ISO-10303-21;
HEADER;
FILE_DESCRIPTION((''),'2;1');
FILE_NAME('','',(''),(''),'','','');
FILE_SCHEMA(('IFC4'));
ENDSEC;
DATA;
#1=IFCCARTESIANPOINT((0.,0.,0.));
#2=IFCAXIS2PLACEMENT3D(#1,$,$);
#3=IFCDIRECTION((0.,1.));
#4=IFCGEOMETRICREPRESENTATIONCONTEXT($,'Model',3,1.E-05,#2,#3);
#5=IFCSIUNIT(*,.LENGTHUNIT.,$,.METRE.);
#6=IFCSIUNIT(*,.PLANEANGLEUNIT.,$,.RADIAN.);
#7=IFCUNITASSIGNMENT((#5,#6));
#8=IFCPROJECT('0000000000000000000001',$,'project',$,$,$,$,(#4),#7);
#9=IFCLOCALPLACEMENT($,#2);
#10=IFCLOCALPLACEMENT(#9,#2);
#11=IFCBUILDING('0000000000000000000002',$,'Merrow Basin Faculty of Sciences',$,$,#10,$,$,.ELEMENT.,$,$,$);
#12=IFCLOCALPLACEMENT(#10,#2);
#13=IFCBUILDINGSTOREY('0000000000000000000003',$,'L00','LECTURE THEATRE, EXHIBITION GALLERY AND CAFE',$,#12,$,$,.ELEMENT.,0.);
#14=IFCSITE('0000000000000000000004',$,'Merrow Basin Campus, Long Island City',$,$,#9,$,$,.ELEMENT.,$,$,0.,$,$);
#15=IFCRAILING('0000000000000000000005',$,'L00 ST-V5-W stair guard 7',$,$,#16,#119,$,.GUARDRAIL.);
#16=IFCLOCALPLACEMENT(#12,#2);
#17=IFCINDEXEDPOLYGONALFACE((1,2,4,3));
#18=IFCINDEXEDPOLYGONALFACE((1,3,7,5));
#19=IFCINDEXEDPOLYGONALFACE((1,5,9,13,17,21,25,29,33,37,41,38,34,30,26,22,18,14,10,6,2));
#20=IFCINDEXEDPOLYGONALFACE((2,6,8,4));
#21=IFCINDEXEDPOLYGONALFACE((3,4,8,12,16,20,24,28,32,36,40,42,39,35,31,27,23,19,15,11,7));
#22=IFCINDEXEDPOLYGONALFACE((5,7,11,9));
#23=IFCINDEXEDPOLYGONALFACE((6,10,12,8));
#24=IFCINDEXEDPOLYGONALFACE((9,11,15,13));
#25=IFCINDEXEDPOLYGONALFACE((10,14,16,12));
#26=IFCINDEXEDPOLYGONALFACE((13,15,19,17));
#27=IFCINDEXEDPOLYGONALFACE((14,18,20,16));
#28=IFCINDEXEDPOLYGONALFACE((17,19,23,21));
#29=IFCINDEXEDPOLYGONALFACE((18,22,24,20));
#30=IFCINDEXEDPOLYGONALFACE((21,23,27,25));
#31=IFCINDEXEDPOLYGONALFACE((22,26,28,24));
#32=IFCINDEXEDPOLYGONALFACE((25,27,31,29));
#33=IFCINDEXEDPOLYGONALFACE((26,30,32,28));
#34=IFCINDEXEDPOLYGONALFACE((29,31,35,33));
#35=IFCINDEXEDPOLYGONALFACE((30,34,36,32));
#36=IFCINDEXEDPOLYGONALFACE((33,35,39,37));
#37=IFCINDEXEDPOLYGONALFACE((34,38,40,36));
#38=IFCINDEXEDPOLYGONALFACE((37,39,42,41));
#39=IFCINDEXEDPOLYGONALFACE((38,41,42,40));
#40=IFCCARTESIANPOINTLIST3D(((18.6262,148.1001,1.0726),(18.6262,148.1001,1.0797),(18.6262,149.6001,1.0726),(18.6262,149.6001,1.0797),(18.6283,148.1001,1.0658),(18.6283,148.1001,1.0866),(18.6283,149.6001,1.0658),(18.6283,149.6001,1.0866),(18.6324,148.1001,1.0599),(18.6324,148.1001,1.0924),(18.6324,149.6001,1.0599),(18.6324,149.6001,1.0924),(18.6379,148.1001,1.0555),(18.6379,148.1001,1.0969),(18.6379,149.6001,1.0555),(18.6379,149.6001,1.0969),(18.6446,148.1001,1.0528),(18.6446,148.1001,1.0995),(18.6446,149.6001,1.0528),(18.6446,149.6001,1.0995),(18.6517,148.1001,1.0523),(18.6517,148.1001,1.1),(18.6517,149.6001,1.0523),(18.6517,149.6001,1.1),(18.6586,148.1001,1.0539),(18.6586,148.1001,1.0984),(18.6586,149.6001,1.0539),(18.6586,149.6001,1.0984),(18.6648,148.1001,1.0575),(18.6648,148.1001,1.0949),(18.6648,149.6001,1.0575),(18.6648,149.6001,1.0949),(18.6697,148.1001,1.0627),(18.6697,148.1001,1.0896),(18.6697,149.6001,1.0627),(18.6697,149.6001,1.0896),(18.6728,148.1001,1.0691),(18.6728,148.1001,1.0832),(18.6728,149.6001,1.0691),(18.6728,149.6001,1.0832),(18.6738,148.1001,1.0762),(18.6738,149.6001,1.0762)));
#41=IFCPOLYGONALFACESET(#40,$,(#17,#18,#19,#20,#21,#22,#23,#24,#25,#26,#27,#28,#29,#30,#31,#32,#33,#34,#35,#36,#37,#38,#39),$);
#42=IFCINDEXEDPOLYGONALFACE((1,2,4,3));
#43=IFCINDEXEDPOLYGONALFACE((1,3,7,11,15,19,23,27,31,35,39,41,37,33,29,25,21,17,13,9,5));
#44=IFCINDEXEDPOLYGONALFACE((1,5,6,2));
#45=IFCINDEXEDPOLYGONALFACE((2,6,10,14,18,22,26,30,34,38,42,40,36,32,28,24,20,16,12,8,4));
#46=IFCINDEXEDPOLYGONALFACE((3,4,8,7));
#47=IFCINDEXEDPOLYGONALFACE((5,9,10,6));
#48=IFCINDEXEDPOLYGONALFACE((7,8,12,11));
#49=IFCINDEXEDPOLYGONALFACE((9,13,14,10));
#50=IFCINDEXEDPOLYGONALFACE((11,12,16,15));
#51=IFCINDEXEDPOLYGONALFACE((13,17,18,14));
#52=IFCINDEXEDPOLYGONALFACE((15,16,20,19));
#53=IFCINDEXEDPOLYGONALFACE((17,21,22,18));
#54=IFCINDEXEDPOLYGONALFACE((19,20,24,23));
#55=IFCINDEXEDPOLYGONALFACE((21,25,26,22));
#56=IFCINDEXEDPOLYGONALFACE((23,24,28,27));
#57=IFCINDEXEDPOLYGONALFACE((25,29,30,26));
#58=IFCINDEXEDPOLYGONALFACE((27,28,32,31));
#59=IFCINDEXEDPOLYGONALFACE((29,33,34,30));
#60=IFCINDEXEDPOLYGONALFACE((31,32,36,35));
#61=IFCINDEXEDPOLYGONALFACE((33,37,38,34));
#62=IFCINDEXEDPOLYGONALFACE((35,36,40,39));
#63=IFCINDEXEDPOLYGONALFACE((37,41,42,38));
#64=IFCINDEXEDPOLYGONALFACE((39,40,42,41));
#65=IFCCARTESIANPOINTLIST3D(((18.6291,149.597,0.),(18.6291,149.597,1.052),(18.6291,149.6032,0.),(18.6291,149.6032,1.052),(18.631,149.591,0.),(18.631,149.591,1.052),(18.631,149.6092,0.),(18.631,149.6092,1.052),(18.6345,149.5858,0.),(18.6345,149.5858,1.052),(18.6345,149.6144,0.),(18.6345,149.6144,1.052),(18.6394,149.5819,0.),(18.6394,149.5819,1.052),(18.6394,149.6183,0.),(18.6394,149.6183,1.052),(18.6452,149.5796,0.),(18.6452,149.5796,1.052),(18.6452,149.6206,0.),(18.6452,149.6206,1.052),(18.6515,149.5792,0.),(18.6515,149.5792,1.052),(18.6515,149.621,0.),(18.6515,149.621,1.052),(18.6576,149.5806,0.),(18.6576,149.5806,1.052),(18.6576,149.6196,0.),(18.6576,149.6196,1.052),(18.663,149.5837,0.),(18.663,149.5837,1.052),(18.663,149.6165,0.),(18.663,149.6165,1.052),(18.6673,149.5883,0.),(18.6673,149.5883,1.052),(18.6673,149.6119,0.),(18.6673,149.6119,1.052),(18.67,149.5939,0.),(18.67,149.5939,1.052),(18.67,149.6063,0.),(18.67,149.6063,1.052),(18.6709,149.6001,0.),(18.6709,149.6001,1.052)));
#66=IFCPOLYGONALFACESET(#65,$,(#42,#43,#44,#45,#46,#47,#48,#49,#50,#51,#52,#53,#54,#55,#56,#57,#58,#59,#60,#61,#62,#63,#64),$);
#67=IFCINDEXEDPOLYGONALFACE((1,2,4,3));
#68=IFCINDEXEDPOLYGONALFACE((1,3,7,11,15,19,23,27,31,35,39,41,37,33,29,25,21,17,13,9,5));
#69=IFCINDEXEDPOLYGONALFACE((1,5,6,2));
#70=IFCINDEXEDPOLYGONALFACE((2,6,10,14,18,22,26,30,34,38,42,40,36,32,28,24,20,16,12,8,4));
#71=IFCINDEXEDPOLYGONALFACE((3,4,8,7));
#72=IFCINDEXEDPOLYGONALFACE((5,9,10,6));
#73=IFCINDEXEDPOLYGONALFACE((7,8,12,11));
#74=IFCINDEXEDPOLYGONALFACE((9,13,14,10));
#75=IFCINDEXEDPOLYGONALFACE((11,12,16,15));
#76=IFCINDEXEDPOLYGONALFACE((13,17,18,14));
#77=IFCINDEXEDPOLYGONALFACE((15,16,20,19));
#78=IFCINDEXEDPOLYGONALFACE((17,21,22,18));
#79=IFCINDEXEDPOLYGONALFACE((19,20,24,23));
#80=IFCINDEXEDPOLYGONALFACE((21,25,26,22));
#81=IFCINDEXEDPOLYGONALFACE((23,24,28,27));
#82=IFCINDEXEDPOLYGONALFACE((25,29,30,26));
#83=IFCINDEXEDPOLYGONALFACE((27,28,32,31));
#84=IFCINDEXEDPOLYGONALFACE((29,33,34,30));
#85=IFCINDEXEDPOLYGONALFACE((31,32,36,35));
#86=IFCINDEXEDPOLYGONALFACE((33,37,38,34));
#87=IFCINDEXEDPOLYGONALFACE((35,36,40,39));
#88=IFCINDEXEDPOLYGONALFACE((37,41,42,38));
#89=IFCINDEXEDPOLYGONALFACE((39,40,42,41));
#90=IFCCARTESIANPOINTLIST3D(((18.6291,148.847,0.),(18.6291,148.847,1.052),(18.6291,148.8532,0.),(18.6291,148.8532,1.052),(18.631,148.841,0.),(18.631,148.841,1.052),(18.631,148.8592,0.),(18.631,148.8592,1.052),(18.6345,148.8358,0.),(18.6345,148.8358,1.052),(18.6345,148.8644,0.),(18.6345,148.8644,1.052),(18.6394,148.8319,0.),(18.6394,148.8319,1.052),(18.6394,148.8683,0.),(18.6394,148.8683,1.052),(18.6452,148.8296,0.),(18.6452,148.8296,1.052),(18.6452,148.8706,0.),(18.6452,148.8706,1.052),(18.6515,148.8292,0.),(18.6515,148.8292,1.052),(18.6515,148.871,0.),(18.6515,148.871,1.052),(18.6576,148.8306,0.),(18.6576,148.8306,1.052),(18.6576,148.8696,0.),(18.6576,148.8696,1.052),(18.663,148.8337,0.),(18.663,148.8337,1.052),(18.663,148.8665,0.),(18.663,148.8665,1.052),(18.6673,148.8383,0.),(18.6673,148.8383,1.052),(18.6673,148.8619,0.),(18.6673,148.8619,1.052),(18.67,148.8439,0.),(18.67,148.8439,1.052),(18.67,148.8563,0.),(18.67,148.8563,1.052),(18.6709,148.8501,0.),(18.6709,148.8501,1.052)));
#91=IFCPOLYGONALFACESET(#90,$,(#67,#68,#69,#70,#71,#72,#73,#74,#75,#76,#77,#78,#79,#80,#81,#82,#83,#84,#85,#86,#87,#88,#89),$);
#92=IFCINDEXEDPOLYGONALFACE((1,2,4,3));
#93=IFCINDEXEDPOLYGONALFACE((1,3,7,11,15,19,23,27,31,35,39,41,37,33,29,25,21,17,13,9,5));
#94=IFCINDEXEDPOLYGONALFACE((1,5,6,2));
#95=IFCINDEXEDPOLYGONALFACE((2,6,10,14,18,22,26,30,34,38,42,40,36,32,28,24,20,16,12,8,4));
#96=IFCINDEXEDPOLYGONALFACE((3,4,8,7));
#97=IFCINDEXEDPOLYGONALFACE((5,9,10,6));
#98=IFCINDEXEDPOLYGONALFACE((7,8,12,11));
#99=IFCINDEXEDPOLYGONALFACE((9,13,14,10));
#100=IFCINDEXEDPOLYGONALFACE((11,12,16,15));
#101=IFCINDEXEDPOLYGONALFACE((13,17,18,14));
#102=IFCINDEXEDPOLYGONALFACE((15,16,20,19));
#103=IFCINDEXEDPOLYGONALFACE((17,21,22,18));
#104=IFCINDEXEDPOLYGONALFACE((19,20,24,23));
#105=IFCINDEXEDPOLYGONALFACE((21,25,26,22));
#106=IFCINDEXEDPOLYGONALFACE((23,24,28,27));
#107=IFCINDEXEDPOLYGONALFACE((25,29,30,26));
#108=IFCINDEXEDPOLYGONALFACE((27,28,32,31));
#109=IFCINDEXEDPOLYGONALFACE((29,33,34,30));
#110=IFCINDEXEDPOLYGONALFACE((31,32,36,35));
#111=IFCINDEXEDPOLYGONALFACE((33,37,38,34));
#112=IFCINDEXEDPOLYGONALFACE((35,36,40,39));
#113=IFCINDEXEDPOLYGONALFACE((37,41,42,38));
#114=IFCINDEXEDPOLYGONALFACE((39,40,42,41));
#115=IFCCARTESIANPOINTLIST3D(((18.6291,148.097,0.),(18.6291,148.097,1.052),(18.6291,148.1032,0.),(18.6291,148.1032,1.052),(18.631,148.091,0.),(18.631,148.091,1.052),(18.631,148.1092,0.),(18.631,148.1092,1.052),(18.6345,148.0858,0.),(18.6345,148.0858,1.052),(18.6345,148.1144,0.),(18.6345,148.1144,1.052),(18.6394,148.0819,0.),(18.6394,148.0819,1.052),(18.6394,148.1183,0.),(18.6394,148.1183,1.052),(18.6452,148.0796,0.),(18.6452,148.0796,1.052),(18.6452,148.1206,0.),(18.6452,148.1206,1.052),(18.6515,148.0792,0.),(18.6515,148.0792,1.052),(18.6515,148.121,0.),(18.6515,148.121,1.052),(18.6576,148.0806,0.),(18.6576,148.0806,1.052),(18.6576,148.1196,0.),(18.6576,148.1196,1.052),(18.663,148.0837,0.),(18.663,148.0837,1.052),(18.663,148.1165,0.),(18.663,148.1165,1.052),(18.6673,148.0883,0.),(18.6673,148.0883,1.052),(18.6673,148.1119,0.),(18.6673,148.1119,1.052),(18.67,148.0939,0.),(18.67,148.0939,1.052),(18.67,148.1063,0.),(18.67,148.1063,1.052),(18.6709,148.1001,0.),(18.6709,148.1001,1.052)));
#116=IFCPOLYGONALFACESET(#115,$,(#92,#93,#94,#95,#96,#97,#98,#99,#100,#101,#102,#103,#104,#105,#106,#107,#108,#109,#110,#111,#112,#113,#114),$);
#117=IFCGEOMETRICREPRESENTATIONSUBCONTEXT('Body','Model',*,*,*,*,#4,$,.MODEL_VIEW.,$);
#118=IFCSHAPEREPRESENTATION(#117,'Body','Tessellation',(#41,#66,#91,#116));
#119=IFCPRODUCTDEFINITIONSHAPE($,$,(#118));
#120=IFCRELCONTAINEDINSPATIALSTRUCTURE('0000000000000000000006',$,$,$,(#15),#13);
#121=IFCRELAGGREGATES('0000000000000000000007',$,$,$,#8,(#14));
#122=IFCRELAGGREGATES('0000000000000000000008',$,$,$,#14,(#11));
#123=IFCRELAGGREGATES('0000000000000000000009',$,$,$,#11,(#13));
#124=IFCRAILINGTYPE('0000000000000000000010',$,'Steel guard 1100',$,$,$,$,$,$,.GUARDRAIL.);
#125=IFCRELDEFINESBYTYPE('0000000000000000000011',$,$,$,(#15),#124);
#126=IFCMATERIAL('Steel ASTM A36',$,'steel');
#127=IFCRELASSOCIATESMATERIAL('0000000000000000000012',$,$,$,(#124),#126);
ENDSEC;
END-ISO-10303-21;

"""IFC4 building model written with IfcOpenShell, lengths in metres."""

from ifc_helpers import new_model, si_unit, direction, frame, origin, origin_2d, place, context, subcontext, project, spatial, circle, extrude, material, type_object, element, save


model = new_model("IFC4")

# Units and contexts
model_context = context("Model", 3, precision=1e-05, world=origin(), true_north=direction((0.0, 1.0)))
body_context = subcontext(model_context, "Body", "Model", "MODEL_VIEW")
ifc_project = project(units=[si_unit("LENGTHUNIT", "METRE"), si_unit("PLANEANGLEUNIT", "RADIAN")], contexts=[model_context])

# Site, building, storey
site_placement = place(None, origin())
site = spatial("IfcSite", under=ifc_project, at=site_placement, Name="Merrow Basin Campus, Long Island City", CompositionType="ELEMENT", RefElevation=0.0)
building_placement = place(site_placement, origin())
building = spatial("IfcBuilding", under=site, at=building_placement, Name="Merrow Basin Faculty of Sciences", CompositionType="ELEMENT")
storey_placement = place(building_placement, origin())
storey = spatial("IfcBuildingStorey", under=building, at=storey_placement, Name="L00", Description="LECTURE THEATRE, EXHIBITION GALLERY AND CAFE", CompositionType="ELEMENT", Elevation=0.0)

# Railing
ifc_material_1 = material(Name="Steel ASTM A36", Category="steel")
railing_type_1 = type_object("IfcRailingType", Name="Steel guard 1100", PredefinedType="GUARDRAIL", material=ifc_material_1)
railing_1_placement = place(storey_placement, frame((18.6499, 149.6001, 0.0)))
element("IfcRailing", 1, at=railing_1_placement, inside=storey, type_object=railing_type_1, Name="L00 ST-V5-W stair guard 7", PredefinedType="GUARDRAIL", context=body_context, shape_type="SweptSolid", body=[
    extrude(circle(Radius=0.0239, at=origin_2d()), frame((0.0, 0.0, 1.0762), z_axis=(0.0, -1.0, 0.0), x_axis=(1.0, 0.0, 0.0)), (0.0, 0.0, 1.0), 1.5),
    extrude(circle(Radius=0.021, at=origin_2d()), origin(), (0.0, 0.0, 1.0), 1.052),
    extrude(circle(Radius=0.021, at=origin_2d()), frame((0.0, -0.75, 0.0)), (0.0, 0.0, 1.0), 1.052),
    extrude(circle(Radius=0.021, at=origin_2d()), frame((0.0, -1.5, 0.0)), (0.0, 0.0, 1.0), 1.052),
])

save(model, "model.ifc")
